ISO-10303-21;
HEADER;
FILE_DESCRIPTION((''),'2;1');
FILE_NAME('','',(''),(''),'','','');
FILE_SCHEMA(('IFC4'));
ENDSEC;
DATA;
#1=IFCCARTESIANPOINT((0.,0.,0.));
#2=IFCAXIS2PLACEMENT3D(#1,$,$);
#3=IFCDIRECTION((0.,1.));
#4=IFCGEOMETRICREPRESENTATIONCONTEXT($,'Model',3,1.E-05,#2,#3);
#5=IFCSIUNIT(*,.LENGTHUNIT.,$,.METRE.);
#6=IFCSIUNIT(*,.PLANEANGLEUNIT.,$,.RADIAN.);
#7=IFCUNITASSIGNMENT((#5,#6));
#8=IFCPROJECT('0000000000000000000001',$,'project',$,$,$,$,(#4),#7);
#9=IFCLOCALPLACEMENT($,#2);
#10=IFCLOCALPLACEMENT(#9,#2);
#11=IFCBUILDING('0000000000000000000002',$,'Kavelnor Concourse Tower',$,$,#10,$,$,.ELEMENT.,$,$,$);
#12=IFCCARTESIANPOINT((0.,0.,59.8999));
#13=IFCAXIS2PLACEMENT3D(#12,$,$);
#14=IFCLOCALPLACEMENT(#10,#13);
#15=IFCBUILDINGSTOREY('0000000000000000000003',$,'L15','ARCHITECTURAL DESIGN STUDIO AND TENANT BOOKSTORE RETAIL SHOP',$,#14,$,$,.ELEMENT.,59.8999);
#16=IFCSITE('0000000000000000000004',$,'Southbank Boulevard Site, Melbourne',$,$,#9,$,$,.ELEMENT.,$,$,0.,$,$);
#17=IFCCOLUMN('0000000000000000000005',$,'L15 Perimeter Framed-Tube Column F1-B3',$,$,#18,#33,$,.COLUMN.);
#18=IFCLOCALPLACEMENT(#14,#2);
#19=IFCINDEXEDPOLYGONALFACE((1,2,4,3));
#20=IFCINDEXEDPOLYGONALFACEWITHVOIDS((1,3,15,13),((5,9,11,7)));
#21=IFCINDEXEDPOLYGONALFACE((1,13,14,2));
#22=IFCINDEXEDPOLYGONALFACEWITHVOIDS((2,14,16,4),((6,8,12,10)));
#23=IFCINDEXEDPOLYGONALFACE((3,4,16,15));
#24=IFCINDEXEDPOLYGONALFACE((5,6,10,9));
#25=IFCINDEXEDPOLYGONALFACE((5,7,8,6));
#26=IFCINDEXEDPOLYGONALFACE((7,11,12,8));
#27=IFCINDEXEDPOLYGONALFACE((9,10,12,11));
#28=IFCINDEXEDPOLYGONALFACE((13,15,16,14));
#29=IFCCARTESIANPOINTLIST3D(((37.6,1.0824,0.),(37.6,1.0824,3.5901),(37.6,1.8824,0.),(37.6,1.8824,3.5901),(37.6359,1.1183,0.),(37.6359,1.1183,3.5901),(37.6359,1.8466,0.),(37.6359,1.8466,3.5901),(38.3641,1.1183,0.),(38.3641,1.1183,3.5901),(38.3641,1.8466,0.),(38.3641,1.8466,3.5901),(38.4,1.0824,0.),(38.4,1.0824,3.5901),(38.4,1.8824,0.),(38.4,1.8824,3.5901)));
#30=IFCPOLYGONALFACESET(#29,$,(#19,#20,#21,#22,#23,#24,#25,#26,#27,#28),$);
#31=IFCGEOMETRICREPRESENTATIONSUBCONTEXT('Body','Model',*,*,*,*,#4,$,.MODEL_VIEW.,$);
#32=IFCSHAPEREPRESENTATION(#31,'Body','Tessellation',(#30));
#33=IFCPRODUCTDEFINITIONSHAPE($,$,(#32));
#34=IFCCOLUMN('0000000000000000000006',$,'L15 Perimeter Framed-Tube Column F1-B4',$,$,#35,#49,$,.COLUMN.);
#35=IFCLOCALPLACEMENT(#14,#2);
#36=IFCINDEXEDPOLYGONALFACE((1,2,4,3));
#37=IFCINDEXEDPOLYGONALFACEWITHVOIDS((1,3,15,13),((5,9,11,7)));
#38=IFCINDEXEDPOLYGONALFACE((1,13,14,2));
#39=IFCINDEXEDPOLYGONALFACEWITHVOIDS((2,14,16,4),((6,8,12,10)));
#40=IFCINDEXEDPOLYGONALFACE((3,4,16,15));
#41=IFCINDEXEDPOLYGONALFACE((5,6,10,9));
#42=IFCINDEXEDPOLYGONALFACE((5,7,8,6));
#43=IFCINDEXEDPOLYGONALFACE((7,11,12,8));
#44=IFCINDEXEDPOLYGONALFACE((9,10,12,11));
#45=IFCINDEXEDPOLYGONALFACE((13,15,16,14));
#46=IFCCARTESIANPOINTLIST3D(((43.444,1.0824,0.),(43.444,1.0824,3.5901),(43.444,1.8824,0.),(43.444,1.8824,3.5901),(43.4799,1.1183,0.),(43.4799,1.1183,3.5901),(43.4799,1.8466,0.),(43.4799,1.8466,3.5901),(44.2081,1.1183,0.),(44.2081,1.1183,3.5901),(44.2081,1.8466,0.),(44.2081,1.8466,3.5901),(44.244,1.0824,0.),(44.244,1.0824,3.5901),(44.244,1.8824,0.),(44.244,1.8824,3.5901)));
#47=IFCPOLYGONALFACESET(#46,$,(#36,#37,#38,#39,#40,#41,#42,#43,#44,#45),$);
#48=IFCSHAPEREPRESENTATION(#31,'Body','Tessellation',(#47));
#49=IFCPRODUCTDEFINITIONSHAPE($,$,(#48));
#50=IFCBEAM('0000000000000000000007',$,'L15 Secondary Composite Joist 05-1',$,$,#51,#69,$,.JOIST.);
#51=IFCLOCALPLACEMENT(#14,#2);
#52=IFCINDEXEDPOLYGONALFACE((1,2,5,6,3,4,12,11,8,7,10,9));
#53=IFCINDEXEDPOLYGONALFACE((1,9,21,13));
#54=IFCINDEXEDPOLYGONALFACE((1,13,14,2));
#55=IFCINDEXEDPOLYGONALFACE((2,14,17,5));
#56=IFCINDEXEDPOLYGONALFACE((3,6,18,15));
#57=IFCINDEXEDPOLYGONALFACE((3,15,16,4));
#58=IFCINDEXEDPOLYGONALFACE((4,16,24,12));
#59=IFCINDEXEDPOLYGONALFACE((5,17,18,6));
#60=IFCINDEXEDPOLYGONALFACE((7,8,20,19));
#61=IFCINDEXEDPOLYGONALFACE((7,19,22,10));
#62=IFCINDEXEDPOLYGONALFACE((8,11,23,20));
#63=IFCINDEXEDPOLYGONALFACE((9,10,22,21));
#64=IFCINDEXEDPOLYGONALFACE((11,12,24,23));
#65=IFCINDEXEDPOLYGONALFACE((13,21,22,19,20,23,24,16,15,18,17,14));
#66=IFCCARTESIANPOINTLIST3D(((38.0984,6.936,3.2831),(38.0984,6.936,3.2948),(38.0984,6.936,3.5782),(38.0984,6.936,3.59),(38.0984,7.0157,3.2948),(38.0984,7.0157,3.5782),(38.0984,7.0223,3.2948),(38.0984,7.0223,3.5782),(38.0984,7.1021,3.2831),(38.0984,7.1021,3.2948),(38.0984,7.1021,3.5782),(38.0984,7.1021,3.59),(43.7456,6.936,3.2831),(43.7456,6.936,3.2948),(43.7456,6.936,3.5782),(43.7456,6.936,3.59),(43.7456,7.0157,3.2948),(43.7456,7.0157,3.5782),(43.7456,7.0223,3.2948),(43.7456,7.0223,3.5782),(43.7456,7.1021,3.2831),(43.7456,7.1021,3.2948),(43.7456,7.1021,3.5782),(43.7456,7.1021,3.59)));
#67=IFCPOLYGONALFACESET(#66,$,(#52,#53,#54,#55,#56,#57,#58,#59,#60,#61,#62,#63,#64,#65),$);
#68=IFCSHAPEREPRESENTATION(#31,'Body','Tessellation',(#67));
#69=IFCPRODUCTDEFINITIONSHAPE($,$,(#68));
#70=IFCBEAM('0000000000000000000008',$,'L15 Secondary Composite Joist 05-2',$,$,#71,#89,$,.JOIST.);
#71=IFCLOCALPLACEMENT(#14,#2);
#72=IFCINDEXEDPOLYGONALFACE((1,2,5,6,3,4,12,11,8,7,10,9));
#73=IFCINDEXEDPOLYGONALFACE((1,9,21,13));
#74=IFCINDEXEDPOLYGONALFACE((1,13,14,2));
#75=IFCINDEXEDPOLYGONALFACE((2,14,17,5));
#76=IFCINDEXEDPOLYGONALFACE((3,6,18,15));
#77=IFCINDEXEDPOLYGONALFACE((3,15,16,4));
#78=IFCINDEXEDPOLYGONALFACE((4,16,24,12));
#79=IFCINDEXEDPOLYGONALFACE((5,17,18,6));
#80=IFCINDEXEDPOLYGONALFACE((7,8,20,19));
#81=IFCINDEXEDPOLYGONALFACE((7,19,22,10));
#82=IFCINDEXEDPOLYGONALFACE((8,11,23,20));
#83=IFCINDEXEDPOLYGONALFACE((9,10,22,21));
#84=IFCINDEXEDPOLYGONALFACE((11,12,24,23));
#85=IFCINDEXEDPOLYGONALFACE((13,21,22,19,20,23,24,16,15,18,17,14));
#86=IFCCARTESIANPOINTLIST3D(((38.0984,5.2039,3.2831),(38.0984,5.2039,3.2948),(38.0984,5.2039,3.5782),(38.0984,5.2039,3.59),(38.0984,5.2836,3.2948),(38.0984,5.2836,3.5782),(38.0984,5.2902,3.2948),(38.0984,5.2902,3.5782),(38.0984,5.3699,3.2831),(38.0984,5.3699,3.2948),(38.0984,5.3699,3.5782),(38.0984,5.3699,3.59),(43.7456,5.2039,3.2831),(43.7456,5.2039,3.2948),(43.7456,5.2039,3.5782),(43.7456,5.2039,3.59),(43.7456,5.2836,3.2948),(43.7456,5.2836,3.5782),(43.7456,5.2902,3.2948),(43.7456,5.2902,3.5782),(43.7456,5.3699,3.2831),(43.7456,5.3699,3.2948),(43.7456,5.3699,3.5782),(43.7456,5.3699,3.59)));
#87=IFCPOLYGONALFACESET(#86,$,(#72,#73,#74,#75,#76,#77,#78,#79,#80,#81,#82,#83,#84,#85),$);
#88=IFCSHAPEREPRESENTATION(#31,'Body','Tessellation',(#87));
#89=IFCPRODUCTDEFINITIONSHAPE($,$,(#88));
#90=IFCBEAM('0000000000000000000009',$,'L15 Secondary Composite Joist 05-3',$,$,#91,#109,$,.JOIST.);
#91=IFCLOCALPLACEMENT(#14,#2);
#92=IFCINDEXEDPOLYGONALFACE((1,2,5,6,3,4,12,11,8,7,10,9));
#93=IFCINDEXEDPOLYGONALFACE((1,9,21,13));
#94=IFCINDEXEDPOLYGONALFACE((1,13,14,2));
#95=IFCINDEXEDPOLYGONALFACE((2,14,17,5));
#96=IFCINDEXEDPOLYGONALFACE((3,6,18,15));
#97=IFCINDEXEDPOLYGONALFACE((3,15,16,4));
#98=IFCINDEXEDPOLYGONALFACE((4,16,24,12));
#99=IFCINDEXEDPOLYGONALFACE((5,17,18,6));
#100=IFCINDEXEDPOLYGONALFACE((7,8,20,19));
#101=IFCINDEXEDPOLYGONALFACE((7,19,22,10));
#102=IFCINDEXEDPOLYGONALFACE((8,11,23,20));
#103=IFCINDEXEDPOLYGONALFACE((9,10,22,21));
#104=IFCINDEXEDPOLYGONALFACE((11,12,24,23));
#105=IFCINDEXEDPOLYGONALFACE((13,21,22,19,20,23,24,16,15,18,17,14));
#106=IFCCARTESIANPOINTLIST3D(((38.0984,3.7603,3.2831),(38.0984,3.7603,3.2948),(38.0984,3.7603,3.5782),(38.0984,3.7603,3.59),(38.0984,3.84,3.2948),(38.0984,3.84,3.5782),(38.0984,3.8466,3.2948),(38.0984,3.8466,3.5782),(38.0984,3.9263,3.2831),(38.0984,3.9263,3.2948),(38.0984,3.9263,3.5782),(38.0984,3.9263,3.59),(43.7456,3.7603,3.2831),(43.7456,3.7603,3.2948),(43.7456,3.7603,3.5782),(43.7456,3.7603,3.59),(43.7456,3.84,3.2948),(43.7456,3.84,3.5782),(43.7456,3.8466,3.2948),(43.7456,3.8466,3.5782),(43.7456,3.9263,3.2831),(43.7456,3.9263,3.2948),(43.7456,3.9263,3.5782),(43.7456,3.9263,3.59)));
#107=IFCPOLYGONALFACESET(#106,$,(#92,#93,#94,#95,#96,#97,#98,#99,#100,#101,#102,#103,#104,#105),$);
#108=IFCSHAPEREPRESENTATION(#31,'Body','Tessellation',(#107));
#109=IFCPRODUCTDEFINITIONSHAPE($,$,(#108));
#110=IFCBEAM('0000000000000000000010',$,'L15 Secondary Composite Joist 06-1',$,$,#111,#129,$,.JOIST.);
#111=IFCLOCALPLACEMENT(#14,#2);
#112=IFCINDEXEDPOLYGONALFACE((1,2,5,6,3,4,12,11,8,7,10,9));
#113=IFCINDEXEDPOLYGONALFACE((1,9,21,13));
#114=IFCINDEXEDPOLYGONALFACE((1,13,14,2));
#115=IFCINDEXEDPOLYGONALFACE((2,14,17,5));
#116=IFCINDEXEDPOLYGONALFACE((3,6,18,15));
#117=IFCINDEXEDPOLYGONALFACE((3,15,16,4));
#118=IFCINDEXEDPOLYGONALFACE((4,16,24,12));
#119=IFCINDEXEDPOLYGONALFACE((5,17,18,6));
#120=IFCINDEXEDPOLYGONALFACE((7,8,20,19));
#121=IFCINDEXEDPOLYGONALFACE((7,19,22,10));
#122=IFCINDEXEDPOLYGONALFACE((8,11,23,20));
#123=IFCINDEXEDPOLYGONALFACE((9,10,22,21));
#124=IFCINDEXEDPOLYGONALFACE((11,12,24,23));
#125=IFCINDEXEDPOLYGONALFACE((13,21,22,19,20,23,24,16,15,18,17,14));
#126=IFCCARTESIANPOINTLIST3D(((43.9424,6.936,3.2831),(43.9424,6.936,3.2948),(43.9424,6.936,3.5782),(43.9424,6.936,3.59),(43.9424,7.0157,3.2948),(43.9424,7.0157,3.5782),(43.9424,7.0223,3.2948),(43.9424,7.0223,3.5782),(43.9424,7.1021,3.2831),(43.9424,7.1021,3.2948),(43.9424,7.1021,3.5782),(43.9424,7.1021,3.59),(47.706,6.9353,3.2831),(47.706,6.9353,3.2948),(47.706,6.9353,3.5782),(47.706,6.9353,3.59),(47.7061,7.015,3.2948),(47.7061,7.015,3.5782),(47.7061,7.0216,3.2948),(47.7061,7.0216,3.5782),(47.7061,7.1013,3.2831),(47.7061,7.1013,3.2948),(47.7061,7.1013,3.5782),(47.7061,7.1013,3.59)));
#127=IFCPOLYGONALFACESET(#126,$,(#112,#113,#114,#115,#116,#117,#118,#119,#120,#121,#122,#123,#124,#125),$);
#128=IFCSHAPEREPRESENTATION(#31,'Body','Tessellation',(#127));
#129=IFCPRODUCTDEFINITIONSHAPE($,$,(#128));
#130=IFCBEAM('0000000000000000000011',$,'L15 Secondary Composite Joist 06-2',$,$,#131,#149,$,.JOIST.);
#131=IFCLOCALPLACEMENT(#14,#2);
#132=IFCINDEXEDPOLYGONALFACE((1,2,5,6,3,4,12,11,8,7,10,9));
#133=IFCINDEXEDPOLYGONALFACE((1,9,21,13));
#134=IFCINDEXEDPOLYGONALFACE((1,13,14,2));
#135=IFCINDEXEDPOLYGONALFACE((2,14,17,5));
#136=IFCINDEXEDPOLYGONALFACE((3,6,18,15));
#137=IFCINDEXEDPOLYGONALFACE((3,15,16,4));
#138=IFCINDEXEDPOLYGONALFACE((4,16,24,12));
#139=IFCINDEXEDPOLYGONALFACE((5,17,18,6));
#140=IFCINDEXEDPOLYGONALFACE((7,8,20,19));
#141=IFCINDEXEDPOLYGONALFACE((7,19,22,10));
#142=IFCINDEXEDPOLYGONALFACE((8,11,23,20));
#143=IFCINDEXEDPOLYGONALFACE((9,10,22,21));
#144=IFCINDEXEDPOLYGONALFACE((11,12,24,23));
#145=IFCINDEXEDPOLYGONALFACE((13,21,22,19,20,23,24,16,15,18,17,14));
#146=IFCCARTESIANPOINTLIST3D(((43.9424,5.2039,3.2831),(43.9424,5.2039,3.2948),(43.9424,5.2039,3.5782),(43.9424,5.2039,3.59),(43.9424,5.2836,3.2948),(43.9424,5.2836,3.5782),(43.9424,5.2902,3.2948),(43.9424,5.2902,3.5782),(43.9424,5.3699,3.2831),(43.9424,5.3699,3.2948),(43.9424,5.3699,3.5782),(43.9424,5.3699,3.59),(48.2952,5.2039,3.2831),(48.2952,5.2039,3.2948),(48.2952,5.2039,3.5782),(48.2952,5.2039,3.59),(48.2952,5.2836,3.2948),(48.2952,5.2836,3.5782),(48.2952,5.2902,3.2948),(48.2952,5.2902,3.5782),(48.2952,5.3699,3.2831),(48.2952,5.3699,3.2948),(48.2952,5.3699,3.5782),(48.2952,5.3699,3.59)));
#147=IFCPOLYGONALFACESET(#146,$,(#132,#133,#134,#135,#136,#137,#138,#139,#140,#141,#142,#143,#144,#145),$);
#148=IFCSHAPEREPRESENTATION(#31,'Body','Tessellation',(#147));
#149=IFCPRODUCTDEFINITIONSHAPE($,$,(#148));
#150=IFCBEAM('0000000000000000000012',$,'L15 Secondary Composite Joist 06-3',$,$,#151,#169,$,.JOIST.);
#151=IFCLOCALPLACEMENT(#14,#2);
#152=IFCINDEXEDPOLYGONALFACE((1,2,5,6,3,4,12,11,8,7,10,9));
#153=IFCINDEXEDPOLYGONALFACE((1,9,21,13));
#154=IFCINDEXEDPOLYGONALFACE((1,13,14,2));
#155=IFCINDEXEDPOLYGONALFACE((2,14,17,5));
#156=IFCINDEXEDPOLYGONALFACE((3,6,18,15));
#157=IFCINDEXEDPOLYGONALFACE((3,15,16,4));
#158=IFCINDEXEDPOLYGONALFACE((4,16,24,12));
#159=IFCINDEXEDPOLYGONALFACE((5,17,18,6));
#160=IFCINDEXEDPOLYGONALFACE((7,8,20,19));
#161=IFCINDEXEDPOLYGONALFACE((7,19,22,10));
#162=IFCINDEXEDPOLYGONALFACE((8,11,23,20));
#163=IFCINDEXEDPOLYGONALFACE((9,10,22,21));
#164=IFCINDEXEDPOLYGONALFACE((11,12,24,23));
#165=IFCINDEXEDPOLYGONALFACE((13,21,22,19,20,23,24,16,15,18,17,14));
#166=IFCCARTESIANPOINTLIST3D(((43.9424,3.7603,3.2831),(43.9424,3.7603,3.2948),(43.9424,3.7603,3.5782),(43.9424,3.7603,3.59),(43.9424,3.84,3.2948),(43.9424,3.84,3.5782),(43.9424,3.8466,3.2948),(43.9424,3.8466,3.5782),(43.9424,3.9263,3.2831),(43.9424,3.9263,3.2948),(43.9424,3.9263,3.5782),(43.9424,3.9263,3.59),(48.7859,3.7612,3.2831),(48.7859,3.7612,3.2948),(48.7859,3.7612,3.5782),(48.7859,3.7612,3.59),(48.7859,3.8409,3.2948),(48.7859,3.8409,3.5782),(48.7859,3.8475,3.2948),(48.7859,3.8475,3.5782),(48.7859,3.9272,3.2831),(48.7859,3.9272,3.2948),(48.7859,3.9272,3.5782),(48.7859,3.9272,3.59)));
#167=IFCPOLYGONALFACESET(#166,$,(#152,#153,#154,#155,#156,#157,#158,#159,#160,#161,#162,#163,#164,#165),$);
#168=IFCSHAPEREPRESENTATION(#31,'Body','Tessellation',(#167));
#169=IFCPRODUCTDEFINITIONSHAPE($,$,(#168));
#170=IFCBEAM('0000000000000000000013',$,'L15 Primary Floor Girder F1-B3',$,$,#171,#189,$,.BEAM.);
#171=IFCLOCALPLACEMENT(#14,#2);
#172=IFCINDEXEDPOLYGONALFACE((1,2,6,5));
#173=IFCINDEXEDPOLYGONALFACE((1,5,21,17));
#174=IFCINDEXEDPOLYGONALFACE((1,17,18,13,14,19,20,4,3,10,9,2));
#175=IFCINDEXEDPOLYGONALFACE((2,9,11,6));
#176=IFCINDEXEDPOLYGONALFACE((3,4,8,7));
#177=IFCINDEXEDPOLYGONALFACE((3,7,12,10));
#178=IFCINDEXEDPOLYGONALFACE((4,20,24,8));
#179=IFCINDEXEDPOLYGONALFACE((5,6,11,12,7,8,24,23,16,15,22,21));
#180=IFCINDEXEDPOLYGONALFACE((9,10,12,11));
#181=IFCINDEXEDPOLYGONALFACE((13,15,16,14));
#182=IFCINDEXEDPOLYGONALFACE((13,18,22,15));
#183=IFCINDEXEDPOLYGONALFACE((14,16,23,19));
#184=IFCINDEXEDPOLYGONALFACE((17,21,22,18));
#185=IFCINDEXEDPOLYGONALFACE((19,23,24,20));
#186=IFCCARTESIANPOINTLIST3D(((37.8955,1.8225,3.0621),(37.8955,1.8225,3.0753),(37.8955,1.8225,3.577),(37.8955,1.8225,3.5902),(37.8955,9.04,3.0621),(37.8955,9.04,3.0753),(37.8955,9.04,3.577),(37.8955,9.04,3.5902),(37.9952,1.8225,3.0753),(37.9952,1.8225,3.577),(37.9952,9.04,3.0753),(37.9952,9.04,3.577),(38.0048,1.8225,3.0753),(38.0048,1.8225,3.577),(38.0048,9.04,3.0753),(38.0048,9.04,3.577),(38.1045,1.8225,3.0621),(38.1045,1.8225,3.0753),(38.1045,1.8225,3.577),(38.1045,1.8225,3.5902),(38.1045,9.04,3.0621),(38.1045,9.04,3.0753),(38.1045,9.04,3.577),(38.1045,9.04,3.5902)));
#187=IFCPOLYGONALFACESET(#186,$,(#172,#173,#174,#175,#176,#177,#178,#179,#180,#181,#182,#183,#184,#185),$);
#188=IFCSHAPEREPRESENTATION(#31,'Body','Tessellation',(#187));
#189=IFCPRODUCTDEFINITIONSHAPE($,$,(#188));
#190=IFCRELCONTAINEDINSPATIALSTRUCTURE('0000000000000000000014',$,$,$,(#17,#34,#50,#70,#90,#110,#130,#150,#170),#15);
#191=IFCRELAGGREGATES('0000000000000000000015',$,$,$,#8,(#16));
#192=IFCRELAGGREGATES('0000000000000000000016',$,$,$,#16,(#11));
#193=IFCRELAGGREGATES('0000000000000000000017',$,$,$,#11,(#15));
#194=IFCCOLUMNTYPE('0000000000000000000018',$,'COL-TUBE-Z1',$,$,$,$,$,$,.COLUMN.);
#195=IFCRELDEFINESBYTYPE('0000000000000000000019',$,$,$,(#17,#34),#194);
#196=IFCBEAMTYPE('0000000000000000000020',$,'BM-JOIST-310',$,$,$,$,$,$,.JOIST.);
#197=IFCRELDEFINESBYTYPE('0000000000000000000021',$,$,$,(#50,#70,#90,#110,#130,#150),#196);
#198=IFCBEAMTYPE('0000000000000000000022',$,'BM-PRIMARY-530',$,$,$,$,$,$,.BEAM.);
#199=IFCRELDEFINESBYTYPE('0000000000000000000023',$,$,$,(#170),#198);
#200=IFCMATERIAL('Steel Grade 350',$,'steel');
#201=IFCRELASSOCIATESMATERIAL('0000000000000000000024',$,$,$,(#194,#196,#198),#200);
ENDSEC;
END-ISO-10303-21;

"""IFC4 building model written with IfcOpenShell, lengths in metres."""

from ifc_helpers import new_model, si_unit, direction, frame, origin, origin_2d, place, context, subcontext, project, spatial, hollow_rectangle, i_section, extrude, material, material_profile, profile_set, type_object, element, save


model = new_model("IFC4")

# Units and contexts
model_context = context("Model", 3, precision=1e-05, world=origin(), true_north=direction((0.0, 1.0)))
body_context = subcontext(model_context, "Body", "Model", "MODEL_VIEW")
ifc_project = project(units=[si_unit("LENGTHUNIT", "METRE"), si_unit("PLANEANGLEUNIT", "RADIAN")], contexts=[model_context])

# Site, building, storey
site_placement = place(None, origin())
site = spatial("IfcSite", under=ifc_project, at=site_placement, Name="Southbank Boulevard Site, Melbourne", CompositionType="ELEMENT", RefElevation=0.0)
building_placement = place(site_placement, origin())
building = spatial("IfcBuilding", under=site, at=building_placement, Name="Kavelnor Concourse Tower", CompositionType="ELEMENT")
storey_placement = place(building_placement, frame((0.0, 0.0, 59.8999)))
storey = spatial("IfcBuildingStorey", under=building, at=storey_placement, Name="L15", Description="ARCHITECTURAL DESIGN STUDIO AND TENANT BOOKSTORE RETAIL SHOP", CompositionType="ELEMENT", Elevation=59.8999)

# Columns
ifc_material_1 = material(Name="Steel Grade 350", Category="steel")
ifc_material_profile_1 = material_profile(ifc_material_1, hollow_rectangle(XDim=0.8, YDim=0.8, WallThickness=0.0359, at=origin_2d()), Name="SHS 800x800x36")
ifc_profile_set_1 = profile_set([ifc_material_profile_1], Name="Steel Grade 350")
column_type = type_object("IfcColumnType", Name="COL-TUBE-Z1", PredefinedType="COLUMN", material=ifc_profile_set_1)
for number, where, z_axis, x_axis, name in (
    (1, (38.0, 1.4824, 0.0), (0.0, 0.0, 1.0), (1.0, 0.0, 0.0), "L15 Perimeter Framed-Tube Column F1-B3"),
    (2, (43.844, 1.4824, 0.0), (0.0, 0.0, 1.0), (1.0, 0.0, 0.0), "L15 Perimeter Framed-Tube Column F1-B4"),
):
    element("IfcColumn", number, at=place(storey_placement, frame(where, z_axis=z_axis, x_axis=x_axis)), inside=storey, type_object=column_type, Name=name, PredefinedType="COLUMN", context=body_context, shape_type="SweptSolid", body=[
        extrude(hollow_rectangle(XDim=0.8, YDim=0.8, WallThickness=0.0359, at=origin_2d()), origin(), (0.0, 0.0, 1.0), 3.5901),
    ])

# Beams
ifc_material_profile_2 = material_profile(ifc_material_1, i_section(OverallWidth=0.166, OverallDepth=0.3069, WebThickness=0.0066, FlangeThickness=0.0117, at=origin_2d()), Name="310UB46")
ifc_profile_set_2 = profile_set([ifc_material_profile_2], Name="Steel Grade 350")
beam_type_1 = type_object("IfcBeamType", Name="BM-JOIST-310", PredefinedType="JOIST", material=ifc_profile_set_2)
for number, where, z_axis, x_axis, name in (
    (3, (38.0984, 7.019, 3.4365), (1.0, 0.0, 0.0), (0.0, 1.0, 0.0), "L15 Secondary Composite Joist 05-1"),
    (4, (38.0984, 5.2869, 3.4365), (1.0, 0.0, 0.0), (0.0, 1.0, 0.0), "L15 Secondary Composite Joist 05-2"),
    (5, (38.0984, 3.8433, 3.4365), (1.0, 0.0, 0.0), (0.0, 1.0, 0.0), "L15 Secondary Composite Joist 05-3"),
):
    element("IfcBeam", number, at=place(storey_placement, frame(where, z_axis=z_axis, x_axis=x_axis)), inside=storey, type_object=beam_type_1, Name=name, PredefinedType="JOIST", context=body_context, shape_type="SweptSolid", body=[
        extrude(i_section(OverallWidth=0.166, OverallDepth=0.3069, WebThickness=0.0066, FlangeThickness=0.0117, at=origin_2d()), origin(), (0.0, 0.0, 1.0), 5.6472),
    ])
beam_1_placement = place(storey_placement, frame((43.9424, 7.019, 3.4365), z_axis=(1.0, -0.000195, 0.0), x_axis=(0.000195, 1.0, 0.0)))
element("IfcBeam", 6, at=beam_1_placement, inside=storey, type_object=beam_type_1, Name="L15 Secondary Composite Joist 06-1", PredefinedType="JOIST", context=body_context, shape_type="SweptSolid", body=[
    extrude(i_section(OverallWidth=0.166, OverallDepth=0.3069, WebThickness=0.0066, FlangeThickness=0.0117, at=origin_2d()), origin(), (0.0, 0.0, 1.0), 3.7637),
])
beam_2_placement = place(storey_placement, frame((43.9424, 5.2869, 3.4365), z_axis=(1.0, 0.0, 0.0), x_axis=(0.0, 1.0, 0.0)))
element("IfcBeam", 7, at=beam_2_placement, inside=storey, type_object=beam_type_1, Name="L15 Secondary Composite Joist 06-2", PredefinedType="JOIST", context=body_context, shape_type="SweptSolid", body=[
    extrude(i_section(OverallWidth=0.166, OverallDepth=0.3069, WebThickness=0.0066, FlangeThickness=0.0117, at=origin_2d()), origin(), (0.0, 0.0, 1.0), 4.3528),
])
beam_3_placement = place(storey_placement, frame((43.9424, 3.8433, 3.4365), z_axis=(1.0, 0.000202, 0.0), x_axis=(-0.000202, 1.0, 0.0)))
element("IfcBeam", 8, at=beam_3_placement, inside=storey, type_object=beam_type_1, Name="L15 Secondary Composite Joist 06-3", PredefinedType="JOIST", context=body_context, shape_type="SweptSolid", body=[
    extrude(i_section(OverallWidth=0.166, OverallDepth=0.3069, WebThickness=0.0066, FlangeThickness=0.0117, at=origin_2d()), origin(), (0.0, 0.0, 1.0), 4.8435),
])
ifc_material_profile_3 = material_profile(ifc_material_1, i_section(OverallWidth=0.209, OverallDepth=0.5281, WebThickness=0.0095, FlangeThickness=0.0132, at=origin_2d()), Name="530UB82")
ifc_profile_set_3 = profile_set([ifc_material_profile_3], Name="Steel Grade 350")
beam_type_2 = type_object("IfcBeamType", Name="BM-PRIMARY-530", PredefinedType="BEAM", material=ifc_profile_set_3)
for number, where, z_axis, x_axis, name in (
    (9, (38.0, 9.04, 3.3262), (0.0, -1.0, 0.0), (1.0, 0.0, 0.0), "L15 Primary Floor Girder F1-B3"),
):
    element("IfcBeam", number, at=place(storey_placement, frame(where, z_axis=z_axis, x_axis=x_axis)), inside=storey, type_object=beam_type_2, Name=name, PredefinedType="BEAM", context=body_context, shape_type="SweptSolid", body=[
        extrude(i_section(OverallWidth=0.209, OverallDepth=0.5281, WebThickness=0.0095, FlangeThickness=0.0132, at=origin_2d()), origin(), (0.0, 0.0, 1.0), 7.2175),
    ])

save(model, "model.ifc")
